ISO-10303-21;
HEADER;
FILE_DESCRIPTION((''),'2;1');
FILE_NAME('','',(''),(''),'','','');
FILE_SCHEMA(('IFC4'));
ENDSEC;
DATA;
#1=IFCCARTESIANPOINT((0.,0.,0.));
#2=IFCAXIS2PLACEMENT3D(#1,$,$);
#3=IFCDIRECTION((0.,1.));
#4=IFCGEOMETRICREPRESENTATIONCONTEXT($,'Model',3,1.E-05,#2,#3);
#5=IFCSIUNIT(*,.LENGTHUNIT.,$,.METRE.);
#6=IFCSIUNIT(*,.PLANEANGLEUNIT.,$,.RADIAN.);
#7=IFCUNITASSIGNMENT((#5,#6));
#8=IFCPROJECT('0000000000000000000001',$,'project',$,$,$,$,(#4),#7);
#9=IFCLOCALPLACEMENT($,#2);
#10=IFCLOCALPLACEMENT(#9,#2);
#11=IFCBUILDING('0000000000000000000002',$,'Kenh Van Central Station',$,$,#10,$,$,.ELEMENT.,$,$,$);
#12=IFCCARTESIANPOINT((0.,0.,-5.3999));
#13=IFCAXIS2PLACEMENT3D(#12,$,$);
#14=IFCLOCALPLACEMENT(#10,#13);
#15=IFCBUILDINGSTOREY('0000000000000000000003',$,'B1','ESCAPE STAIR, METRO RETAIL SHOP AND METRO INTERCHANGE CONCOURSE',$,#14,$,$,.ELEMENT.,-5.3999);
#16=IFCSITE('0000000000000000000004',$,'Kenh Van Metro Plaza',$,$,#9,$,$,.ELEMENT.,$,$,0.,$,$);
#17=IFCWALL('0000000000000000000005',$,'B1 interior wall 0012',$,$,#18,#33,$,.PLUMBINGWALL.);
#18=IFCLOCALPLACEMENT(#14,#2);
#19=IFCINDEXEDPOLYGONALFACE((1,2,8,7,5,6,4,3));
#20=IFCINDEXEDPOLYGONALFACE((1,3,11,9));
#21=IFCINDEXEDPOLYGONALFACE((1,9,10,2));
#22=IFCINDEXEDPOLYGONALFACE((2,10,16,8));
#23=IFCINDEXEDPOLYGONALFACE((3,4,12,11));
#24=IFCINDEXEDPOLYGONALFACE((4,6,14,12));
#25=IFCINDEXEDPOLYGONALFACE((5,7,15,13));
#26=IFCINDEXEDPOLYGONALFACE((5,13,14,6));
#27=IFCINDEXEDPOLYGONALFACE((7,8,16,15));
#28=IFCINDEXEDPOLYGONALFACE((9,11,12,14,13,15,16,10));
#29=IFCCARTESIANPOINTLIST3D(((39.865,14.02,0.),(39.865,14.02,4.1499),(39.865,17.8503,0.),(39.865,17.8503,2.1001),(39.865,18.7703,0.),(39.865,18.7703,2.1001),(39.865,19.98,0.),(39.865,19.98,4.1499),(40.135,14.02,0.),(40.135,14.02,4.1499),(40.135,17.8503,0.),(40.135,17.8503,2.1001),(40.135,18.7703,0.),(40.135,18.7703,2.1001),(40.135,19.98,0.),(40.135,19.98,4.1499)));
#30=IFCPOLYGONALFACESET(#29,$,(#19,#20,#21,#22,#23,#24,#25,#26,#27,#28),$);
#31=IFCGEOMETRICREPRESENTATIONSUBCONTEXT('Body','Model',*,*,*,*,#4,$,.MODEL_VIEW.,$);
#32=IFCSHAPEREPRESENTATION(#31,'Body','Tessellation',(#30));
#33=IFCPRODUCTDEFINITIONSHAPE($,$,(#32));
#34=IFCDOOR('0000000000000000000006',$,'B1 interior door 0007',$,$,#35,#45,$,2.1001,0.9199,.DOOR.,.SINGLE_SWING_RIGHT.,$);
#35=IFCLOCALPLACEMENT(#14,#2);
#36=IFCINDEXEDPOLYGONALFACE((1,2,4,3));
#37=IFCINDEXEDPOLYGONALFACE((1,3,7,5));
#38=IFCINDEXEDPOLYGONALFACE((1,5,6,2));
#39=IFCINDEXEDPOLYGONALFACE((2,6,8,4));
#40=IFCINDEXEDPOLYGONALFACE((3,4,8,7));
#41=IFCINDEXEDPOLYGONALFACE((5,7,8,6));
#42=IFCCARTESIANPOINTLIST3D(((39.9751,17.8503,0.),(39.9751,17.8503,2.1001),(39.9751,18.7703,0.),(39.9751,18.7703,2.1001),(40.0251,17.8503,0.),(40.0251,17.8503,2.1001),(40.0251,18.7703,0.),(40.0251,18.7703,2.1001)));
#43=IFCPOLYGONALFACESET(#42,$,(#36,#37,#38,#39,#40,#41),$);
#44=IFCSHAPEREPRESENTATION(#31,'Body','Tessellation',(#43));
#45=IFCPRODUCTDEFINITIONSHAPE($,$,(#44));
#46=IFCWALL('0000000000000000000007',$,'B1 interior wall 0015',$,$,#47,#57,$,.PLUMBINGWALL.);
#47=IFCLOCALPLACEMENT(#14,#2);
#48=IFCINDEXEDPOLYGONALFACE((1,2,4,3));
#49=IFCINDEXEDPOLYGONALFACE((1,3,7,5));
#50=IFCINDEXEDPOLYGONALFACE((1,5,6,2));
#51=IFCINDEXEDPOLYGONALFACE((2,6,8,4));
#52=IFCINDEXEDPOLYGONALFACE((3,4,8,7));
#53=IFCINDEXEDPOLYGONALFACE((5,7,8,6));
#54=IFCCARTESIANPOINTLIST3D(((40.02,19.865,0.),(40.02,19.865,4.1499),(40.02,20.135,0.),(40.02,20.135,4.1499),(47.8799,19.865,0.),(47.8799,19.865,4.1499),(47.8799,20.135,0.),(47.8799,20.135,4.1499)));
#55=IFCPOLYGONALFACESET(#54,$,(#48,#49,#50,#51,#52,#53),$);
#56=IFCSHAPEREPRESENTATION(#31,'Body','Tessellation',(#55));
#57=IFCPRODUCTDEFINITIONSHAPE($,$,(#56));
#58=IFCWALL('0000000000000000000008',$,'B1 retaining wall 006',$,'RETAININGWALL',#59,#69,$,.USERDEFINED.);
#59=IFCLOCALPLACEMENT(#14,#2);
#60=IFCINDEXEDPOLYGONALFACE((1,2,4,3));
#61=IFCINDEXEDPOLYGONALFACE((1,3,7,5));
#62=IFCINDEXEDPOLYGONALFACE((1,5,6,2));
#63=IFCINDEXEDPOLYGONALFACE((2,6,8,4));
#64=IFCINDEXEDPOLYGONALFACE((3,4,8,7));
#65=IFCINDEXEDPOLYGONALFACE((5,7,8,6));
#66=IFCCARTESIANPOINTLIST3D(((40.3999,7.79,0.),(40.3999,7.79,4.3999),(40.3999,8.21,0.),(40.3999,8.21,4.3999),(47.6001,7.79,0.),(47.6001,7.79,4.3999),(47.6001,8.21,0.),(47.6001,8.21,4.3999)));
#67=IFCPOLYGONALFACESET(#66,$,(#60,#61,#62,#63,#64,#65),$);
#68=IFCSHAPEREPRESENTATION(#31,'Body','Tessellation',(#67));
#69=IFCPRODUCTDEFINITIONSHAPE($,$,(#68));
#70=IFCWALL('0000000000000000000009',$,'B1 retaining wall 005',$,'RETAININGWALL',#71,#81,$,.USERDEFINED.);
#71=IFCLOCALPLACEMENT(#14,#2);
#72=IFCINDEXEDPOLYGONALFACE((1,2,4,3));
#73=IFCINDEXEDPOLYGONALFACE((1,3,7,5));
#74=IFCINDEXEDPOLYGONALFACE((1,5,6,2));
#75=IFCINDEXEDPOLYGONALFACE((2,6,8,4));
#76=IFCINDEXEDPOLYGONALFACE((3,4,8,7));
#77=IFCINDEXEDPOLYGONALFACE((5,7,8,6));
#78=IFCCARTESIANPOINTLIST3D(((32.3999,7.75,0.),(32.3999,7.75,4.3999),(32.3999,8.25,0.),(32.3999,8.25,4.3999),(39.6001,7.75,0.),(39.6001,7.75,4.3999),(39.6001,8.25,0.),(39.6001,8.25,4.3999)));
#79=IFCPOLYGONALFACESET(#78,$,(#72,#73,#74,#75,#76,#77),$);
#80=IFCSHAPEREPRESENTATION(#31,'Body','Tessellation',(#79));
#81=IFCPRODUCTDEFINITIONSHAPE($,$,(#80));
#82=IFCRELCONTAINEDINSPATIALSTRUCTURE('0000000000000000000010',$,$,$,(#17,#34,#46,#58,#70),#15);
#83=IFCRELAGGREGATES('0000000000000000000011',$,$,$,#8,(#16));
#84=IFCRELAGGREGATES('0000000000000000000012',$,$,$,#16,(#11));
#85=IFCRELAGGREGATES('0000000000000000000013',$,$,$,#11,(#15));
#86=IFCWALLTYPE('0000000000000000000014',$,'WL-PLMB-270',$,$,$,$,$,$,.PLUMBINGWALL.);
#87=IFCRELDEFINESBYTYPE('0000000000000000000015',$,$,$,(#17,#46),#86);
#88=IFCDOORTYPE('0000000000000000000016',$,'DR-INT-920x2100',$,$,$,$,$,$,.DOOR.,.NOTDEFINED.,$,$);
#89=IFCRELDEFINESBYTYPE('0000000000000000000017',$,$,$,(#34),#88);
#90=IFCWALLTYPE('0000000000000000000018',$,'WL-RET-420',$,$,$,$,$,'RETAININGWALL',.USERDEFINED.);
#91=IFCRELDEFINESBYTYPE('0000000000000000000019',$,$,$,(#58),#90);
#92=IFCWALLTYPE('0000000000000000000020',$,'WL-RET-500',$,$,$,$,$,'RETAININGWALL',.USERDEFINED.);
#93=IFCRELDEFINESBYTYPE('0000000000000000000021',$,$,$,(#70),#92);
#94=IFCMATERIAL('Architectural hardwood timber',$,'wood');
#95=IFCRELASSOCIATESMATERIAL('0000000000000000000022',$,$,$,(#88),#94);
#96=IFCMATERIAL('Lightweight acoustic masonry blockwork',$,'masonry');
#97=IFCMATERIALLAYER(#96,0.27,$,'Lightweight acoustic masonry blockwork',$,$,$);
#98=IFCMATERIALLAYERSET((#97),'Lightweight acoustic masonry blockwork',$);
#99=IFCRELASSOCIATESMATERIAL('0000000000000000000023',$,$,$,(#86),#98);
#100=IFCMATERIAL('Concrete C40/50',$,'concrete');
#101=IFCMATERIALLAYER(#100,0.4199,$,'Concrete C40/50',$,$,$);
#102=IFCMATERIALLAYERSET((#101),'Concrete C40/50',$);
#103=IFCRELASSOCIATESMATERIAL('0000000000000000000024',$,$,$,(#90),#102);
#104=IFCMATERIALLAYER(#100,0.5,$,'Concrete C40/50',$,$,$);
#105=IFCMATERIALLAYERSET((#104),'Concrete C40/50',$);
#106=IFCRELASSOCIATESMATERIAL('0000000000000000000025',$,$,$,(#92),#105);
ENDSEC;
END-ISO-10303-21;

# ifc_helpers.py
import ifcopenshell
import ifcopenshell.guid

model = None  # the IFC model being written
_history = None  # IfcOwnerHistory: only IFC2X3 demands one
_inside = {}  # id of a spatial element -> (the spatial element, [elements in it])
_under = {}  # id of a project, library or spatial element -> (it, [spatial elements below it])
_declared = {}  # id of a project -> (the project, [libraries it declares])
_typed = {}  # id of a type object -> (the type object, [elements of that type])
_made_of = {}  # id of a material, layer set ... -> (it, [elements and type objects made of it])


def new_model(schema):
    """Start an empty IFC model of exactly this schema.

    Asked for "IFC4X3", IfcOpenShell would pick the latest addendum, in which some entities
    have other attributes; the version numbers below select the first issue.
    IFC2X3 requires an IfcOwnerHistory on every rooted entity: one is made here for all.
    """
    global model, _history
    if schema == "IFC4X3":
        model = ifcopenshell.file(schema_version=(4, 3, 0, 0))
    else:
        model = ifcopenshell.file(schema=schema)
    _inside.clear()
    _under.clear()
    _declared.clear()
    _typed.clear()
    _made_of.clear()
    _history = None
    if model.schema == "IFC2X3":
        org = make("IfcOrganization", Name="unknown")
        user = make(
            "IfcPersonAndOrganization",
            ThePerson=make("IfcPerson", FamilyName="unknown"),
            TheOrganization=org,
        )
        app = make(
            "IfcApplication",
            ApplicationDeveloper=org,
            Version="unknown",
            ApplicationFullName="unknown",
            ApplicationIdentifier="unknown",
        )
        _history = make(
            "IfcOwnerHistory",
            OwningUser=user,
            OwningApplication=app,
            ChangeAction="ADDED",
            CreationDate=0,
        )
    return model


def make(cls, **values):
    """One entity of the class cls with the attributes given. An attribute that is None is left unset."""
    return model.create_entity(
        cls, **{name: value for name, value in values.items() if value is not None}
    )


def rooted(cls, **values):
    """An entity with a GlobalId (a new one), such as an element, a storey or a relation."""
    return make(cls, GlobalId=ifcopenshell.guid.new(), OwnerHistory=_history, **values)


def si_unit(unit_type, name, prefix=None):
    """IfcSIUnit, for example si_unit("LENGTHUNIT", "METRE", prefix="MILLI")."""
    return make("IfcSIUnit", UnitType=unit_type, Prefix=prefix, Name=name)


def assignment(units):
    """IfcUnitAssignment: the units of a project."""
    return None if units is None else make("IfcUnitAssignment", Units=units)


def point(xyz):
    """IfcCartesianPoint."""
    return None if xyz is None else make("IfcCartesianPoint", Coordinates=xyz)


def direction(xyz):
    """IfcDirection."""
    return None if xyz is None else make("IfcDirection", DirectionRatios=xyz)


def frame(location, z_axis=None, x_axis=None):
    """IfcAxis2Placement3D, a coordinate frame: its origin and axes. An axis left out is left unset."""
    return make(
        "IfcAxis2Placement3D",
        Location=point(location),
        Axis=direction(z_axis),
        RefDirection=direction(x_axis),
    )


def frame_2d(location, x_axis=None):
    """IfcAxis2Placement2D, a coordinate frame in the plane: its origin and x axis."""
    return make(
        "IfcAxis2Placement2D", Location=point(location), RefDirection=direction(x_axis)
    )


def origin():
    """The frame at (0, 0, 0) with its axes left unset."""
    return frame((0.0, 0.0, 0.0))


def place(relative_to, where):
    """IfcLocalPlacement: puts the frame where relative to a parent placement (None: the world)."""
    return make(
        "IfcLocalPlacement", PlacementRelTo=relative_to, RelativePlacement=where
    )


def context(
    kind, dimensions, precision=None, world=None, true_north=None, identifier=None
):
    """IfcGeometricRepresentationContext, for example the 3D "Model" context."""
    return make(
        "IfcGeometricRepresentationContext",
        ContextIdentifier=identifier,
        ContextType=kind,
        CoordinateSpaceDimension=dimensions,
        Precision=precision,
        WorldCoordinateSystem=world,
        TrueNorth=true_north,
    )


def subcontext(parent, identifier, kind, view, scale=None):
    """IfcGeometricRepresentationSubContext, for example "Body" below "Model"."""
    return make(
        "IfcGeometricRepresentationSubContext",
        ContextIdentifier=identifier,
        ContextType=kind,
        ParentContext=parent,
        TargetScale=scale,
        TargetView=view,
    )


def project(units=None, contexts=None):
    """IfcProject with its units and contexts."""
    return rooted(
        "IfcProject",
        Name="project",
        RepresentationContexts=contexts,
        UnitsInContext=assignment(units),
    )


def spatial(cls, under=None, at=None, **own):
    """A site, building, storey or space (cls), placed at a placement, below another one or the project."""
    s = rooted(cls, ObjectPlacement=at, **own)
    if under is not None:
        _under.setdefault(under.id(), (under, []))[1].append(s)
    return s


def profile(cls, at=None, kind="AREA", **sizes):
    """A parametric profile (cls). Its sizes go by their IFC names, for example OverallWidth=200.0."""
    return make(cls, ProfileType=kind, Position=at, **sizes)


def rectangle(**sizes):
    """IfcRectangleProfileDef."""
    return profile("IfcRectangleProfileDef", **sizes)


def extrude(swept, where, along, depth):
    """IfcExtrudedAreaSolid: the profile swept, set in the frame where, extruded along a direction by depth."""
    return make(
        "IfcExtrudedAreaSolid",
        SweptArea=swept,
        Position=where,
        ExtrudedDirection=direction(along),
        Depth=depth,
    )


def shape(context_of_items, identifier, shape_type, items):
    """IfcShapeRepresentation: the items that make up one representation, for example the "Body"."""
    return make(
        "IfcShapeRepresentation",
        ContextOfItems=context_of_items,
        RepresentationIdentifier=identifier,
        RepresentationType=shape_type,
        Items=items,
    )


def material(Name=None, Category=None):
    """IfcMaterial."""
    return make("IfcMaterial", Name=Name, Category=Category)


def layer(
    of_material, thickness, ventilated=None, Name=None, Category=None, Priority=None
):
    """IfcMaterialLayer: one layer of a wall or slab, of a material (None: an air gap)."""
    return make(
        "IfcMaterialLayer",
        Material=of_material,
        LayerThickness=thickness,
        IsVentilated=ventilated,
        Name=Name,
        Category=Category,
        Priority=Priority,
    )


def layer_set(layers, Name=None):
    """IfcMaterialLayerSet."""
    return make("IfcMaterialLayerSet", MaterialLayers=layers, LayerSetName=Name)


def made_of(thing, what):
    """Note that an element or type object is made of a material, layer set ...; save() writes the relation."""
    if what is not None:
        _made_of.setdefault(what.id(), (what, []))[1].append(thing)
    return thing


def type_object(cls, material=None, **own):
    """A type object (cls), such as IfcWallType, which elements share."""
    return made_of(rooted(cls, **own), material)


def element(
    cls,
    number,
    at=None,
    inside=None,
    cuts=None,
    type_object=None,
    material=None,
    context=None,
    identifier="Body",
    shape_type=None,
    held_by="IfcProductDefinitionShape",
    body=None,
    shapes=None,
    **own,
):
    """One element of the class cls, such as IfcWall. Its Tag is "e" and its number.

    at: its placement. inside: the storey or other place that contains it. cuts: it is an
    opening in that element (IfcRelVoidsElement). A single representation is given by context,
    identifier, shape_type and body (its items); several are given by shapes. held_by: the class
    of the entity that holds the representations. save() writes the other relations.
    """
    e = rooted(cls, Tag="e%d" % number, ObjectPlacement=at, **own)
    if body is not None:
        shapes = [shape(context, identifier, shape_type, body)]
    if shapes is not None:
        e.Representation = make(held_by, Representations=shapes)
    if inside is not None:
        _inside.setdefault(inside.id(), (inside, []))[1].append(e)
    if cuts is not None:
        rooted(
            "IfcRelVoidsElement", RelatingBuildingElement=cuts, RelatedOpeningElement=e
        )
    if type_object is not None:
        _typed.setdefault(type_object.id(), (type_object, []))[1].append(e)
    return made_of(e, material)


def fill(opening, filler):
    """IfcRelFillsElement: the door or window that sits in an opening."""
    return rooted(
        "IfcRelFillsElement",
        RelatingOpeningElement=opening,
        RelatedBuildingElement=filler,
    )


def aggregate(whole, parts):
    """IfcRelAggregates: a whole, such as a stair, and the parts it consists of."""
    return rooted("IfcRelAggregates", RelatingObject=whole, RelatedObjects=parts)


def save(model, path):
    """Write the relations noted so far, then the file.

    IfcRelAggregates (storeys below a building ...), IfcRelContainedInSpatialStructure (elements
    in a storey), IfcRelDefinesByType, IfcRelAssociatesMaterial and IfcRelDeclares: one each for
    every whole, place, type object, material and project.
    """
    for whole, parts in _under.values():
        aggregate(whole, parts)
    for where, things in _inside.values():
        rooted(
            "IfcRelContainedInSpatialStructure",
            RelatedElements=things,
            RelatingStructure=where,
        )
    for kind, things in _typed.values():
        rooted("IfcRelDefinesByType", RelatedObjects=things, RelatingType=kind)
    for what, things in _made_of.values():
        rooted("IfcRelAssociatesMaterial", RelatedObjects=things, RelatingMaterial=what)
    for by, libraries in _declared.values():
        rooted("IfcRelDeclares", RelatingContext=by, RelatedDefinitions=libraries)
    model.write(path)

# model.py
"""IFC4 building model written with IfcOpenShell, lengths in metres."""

from ifc_helpers import new_model, si_unit, direction, frame, frame_2d, origin, place, context, subcontext, project, spatial, rectangle, extrude, material, layer, layer_set, type_object, element, fill, save


model = new_model("IFC4")

# Units and contexts
model_context = context("Model", 3, precision=1e-05, world=origin(), true_north=direction((0.0, 1.0)))
body_context = subcontext(model_context, "Body", "Model", "MODEL_VIEW")
ifc_project = project(units=[si_unit("LENGTHUNIT", "METRE"), si_unit("PLANEANGLEUNIT", "RADIAN")], contexts=[model_context])

# Site, building, storey
site_placement = place(None, origin())
site = spatial("IfcSite", under=ifc_project, at=site_placement, Name="Kenh Van Metro Plaza", CompositionType="ELEMENT", RefElevation=0.0)
building_placement = place(site_placement, origin())
building = spatial("IfcBuilding", under=site, at=building_placement, Name="Kenh Van Central Station", CompositionType="ELEMENT")
storey_placement = place(building_placement, frame((0.0, 0.0, -5.3999)))
storey = spatial("IfcBuildingStorey", under=building, at=storey_placement, Name="B1", Description="ESCAPE STAIR, METRO RETAIL SHOP AND METRO INTERCHANGE CONCOURSE", CompositionType="ELEMENT", Elevation=-5.3999)

# Shared definitions
ifc_material_1 = material(Name="Concrete C40/50", Category="concrete")

# Shared definitions
ifc_material_2 = material(Name="Lightweight acoustic masonry blockwork", Category="masonry")
ifc_material_3 = material(Name="Architectural hardwood timber", Category="wood")
door_type_1 = type_object("IfcDoorType", Name="DR-INT-920x2100", OperationType="NOTDEFINED", PredefinedType="DOOR", material=ifc_material_3)

# Wall, opening, door
ifc_layer_1 = layer(ifc_material_2, 0.27, Name="Lightweight acoustic masonry blockwork")
ifc_layer_set_1 = layer_set([ifc_layer_1], Name="Lightweight acoustic masonry blockwork")
wall_type_1 = type_object("IfcWallType", Name="WL-PLMB-270", PredefinedType="PLUMBINGWALL", material=ifc_layer_set_1)
wall_1_placement = place(storey_placement, frame((40.0, 14.02, 0.0), z_axis=(0.0, 0.0, 1.0), x_axis=(0.0, 1.0, 0.0)))
wall_1 = element("IfcWall", 1, at=wall_1_placement, inside=storey, type_object=wall_type_1, Name="B1 interior wall 0012", PredefinedType="PLUMBINGWALL", context=body_context, shape_type="SweptSolid", body=[
    extrude(rectangle(XDim=5.96, YDim=0.27, at=frame_2d((2.98, 0.0))), origin(), (0.0, 0.0, 1.0), 4.1499),
])
opening_1_placement = place(wall_1_placement, frame((3.8303, 0.0, 0.0)))
opening_1 = element("IfcOpeningElement", 2, at=opening_1_placement, cuts=wall_1, PredefinedType="OPENING", context=body_context, shape_type="SweptSolid", body=[
    extrude(rectangle(XDim=0.9199, YDim=2.1001, at=frame_2d((0.46, 1.05))), frame((0.0, 0.145, 0.0), z_axis=(0.0, -1.0, 0.0), x_axis=(1.0, 0.0, 0.0)), (0.0, 0.0, 1.0), 0.29),
])
door_1_placement = place(opening_1_placement, origin())
door_1 = element("IfcDoor", 3, at=door_1_placement, inside=storey, type_object=door_type_1, Name="B1 interior door 0007", OperationType="SINGLE_SWING_RIGHT", OverallHeight=2.1001, OverallWidth=0.9199, PredefinedType="DOOR", context=body_context, shape_type="SweptSolid", body=[
    extrude(rectangle(XDim=0.9199, YDim=2.1001, at=frame_2d((0.46, 1.05))), frame((0.0, 0.0249, 0.0), z_axis=(0.0, -1.0, 0.0), x_axis=(1.0, 0.0, 0.0)), (0.0, 0.0, 1.0), 0.05),
])
fill(opening_1, door_1)

# Walls
wall_2_placement = place(storey_placement, frame((40.02, 20.0, 0.0), z_axis=(0.0, 0.0, 1.0), x_axis=(1.0, 0.0, 0.0)))
element("IfcWall", 4, at=wall_2_placement, inside=storey, type_object=wall_type_1, Name="B1 interior wall 0015", PredefinedType="PLUMBINGWALL", context=body_context, shape_type="SweptSolid", body=[
    extrude(rectangle(XDim=7.8599, YDim=0.27, at=frame_2d((3.9299, 0.0))), origin(), (0.0, 0.0, 1.0), 4.1499),
])
ifc_layer_2 = layer(ifc_material_1, 0.4199, Name="Concrete C40/50")
ifc_layer_set_2 = layer_set([ifc_layer_2], Name="Concrete C40/50")
wall_type_2 = type_object("IfcWallType", Name="WL-RET-420", ElementType="RETAININGWALL", PredefinedType="USERDEFINED", material=ifc_layer_set_2)
wall_3_placement = place(storey_placement, frame((40.3999, 8.0, 0.0), z_axis=(0.0, 0.0, 1.0), x_axis=(1.0, 0.0, 0.0)))
element("IfcWall", 5, at=wall_3_placement, inside=storey, type_object=wall_type_2, Name="B1 retaining wall 006", ObjectType="RETAININGWALL", PredefinedType="USERDEFINED", context=body_context, shape_type="SweptSolid", body=[
    extrude(rectangle(XDim=7.2002, YDim=0.4199, at=frame_2d((3.6001, 0.0))), origin(), (0.0, 0.0, 1.0), 4.3999),
])
ifc_layer_3 = layer(ifc_material_1, 0.5, Name="Concrete C40/50")
ifc_layer_set_3 = layer_set([ifc_layer_3], Name="Concrete C40/50")
wall_type_3 = type_object("IfcWallType", Name="WL-RET-500", ElementType="RETAININGWALL", PredefinedType="USERDEFINED", material=ifc_layer_set_3)
wall_4_placement = place(storey_placement, frame((32.3999, 8.0, 0.0), z_axis=(0.0, 0.0, 1.0), x_axis=(1.0, 0.0, 0.0)))
element("IfcWall", 6, at=wall_4_placement, inside=storey, type_object=wall_type_3, Name="B1 retaining wall 005", ObjectType="RETAININGWALL", PredefinedType="USERDEFINED", context=body_context, shape_type="SweptSolid", body=[
    extrude(rectangle(XDim=7.2002, YDim=0.5, at=frame_2d((3.6001, 0.0))), origin(), (0.0, 0.0, 1.0), 4.3999),
])

save(model, "model.ifc")
